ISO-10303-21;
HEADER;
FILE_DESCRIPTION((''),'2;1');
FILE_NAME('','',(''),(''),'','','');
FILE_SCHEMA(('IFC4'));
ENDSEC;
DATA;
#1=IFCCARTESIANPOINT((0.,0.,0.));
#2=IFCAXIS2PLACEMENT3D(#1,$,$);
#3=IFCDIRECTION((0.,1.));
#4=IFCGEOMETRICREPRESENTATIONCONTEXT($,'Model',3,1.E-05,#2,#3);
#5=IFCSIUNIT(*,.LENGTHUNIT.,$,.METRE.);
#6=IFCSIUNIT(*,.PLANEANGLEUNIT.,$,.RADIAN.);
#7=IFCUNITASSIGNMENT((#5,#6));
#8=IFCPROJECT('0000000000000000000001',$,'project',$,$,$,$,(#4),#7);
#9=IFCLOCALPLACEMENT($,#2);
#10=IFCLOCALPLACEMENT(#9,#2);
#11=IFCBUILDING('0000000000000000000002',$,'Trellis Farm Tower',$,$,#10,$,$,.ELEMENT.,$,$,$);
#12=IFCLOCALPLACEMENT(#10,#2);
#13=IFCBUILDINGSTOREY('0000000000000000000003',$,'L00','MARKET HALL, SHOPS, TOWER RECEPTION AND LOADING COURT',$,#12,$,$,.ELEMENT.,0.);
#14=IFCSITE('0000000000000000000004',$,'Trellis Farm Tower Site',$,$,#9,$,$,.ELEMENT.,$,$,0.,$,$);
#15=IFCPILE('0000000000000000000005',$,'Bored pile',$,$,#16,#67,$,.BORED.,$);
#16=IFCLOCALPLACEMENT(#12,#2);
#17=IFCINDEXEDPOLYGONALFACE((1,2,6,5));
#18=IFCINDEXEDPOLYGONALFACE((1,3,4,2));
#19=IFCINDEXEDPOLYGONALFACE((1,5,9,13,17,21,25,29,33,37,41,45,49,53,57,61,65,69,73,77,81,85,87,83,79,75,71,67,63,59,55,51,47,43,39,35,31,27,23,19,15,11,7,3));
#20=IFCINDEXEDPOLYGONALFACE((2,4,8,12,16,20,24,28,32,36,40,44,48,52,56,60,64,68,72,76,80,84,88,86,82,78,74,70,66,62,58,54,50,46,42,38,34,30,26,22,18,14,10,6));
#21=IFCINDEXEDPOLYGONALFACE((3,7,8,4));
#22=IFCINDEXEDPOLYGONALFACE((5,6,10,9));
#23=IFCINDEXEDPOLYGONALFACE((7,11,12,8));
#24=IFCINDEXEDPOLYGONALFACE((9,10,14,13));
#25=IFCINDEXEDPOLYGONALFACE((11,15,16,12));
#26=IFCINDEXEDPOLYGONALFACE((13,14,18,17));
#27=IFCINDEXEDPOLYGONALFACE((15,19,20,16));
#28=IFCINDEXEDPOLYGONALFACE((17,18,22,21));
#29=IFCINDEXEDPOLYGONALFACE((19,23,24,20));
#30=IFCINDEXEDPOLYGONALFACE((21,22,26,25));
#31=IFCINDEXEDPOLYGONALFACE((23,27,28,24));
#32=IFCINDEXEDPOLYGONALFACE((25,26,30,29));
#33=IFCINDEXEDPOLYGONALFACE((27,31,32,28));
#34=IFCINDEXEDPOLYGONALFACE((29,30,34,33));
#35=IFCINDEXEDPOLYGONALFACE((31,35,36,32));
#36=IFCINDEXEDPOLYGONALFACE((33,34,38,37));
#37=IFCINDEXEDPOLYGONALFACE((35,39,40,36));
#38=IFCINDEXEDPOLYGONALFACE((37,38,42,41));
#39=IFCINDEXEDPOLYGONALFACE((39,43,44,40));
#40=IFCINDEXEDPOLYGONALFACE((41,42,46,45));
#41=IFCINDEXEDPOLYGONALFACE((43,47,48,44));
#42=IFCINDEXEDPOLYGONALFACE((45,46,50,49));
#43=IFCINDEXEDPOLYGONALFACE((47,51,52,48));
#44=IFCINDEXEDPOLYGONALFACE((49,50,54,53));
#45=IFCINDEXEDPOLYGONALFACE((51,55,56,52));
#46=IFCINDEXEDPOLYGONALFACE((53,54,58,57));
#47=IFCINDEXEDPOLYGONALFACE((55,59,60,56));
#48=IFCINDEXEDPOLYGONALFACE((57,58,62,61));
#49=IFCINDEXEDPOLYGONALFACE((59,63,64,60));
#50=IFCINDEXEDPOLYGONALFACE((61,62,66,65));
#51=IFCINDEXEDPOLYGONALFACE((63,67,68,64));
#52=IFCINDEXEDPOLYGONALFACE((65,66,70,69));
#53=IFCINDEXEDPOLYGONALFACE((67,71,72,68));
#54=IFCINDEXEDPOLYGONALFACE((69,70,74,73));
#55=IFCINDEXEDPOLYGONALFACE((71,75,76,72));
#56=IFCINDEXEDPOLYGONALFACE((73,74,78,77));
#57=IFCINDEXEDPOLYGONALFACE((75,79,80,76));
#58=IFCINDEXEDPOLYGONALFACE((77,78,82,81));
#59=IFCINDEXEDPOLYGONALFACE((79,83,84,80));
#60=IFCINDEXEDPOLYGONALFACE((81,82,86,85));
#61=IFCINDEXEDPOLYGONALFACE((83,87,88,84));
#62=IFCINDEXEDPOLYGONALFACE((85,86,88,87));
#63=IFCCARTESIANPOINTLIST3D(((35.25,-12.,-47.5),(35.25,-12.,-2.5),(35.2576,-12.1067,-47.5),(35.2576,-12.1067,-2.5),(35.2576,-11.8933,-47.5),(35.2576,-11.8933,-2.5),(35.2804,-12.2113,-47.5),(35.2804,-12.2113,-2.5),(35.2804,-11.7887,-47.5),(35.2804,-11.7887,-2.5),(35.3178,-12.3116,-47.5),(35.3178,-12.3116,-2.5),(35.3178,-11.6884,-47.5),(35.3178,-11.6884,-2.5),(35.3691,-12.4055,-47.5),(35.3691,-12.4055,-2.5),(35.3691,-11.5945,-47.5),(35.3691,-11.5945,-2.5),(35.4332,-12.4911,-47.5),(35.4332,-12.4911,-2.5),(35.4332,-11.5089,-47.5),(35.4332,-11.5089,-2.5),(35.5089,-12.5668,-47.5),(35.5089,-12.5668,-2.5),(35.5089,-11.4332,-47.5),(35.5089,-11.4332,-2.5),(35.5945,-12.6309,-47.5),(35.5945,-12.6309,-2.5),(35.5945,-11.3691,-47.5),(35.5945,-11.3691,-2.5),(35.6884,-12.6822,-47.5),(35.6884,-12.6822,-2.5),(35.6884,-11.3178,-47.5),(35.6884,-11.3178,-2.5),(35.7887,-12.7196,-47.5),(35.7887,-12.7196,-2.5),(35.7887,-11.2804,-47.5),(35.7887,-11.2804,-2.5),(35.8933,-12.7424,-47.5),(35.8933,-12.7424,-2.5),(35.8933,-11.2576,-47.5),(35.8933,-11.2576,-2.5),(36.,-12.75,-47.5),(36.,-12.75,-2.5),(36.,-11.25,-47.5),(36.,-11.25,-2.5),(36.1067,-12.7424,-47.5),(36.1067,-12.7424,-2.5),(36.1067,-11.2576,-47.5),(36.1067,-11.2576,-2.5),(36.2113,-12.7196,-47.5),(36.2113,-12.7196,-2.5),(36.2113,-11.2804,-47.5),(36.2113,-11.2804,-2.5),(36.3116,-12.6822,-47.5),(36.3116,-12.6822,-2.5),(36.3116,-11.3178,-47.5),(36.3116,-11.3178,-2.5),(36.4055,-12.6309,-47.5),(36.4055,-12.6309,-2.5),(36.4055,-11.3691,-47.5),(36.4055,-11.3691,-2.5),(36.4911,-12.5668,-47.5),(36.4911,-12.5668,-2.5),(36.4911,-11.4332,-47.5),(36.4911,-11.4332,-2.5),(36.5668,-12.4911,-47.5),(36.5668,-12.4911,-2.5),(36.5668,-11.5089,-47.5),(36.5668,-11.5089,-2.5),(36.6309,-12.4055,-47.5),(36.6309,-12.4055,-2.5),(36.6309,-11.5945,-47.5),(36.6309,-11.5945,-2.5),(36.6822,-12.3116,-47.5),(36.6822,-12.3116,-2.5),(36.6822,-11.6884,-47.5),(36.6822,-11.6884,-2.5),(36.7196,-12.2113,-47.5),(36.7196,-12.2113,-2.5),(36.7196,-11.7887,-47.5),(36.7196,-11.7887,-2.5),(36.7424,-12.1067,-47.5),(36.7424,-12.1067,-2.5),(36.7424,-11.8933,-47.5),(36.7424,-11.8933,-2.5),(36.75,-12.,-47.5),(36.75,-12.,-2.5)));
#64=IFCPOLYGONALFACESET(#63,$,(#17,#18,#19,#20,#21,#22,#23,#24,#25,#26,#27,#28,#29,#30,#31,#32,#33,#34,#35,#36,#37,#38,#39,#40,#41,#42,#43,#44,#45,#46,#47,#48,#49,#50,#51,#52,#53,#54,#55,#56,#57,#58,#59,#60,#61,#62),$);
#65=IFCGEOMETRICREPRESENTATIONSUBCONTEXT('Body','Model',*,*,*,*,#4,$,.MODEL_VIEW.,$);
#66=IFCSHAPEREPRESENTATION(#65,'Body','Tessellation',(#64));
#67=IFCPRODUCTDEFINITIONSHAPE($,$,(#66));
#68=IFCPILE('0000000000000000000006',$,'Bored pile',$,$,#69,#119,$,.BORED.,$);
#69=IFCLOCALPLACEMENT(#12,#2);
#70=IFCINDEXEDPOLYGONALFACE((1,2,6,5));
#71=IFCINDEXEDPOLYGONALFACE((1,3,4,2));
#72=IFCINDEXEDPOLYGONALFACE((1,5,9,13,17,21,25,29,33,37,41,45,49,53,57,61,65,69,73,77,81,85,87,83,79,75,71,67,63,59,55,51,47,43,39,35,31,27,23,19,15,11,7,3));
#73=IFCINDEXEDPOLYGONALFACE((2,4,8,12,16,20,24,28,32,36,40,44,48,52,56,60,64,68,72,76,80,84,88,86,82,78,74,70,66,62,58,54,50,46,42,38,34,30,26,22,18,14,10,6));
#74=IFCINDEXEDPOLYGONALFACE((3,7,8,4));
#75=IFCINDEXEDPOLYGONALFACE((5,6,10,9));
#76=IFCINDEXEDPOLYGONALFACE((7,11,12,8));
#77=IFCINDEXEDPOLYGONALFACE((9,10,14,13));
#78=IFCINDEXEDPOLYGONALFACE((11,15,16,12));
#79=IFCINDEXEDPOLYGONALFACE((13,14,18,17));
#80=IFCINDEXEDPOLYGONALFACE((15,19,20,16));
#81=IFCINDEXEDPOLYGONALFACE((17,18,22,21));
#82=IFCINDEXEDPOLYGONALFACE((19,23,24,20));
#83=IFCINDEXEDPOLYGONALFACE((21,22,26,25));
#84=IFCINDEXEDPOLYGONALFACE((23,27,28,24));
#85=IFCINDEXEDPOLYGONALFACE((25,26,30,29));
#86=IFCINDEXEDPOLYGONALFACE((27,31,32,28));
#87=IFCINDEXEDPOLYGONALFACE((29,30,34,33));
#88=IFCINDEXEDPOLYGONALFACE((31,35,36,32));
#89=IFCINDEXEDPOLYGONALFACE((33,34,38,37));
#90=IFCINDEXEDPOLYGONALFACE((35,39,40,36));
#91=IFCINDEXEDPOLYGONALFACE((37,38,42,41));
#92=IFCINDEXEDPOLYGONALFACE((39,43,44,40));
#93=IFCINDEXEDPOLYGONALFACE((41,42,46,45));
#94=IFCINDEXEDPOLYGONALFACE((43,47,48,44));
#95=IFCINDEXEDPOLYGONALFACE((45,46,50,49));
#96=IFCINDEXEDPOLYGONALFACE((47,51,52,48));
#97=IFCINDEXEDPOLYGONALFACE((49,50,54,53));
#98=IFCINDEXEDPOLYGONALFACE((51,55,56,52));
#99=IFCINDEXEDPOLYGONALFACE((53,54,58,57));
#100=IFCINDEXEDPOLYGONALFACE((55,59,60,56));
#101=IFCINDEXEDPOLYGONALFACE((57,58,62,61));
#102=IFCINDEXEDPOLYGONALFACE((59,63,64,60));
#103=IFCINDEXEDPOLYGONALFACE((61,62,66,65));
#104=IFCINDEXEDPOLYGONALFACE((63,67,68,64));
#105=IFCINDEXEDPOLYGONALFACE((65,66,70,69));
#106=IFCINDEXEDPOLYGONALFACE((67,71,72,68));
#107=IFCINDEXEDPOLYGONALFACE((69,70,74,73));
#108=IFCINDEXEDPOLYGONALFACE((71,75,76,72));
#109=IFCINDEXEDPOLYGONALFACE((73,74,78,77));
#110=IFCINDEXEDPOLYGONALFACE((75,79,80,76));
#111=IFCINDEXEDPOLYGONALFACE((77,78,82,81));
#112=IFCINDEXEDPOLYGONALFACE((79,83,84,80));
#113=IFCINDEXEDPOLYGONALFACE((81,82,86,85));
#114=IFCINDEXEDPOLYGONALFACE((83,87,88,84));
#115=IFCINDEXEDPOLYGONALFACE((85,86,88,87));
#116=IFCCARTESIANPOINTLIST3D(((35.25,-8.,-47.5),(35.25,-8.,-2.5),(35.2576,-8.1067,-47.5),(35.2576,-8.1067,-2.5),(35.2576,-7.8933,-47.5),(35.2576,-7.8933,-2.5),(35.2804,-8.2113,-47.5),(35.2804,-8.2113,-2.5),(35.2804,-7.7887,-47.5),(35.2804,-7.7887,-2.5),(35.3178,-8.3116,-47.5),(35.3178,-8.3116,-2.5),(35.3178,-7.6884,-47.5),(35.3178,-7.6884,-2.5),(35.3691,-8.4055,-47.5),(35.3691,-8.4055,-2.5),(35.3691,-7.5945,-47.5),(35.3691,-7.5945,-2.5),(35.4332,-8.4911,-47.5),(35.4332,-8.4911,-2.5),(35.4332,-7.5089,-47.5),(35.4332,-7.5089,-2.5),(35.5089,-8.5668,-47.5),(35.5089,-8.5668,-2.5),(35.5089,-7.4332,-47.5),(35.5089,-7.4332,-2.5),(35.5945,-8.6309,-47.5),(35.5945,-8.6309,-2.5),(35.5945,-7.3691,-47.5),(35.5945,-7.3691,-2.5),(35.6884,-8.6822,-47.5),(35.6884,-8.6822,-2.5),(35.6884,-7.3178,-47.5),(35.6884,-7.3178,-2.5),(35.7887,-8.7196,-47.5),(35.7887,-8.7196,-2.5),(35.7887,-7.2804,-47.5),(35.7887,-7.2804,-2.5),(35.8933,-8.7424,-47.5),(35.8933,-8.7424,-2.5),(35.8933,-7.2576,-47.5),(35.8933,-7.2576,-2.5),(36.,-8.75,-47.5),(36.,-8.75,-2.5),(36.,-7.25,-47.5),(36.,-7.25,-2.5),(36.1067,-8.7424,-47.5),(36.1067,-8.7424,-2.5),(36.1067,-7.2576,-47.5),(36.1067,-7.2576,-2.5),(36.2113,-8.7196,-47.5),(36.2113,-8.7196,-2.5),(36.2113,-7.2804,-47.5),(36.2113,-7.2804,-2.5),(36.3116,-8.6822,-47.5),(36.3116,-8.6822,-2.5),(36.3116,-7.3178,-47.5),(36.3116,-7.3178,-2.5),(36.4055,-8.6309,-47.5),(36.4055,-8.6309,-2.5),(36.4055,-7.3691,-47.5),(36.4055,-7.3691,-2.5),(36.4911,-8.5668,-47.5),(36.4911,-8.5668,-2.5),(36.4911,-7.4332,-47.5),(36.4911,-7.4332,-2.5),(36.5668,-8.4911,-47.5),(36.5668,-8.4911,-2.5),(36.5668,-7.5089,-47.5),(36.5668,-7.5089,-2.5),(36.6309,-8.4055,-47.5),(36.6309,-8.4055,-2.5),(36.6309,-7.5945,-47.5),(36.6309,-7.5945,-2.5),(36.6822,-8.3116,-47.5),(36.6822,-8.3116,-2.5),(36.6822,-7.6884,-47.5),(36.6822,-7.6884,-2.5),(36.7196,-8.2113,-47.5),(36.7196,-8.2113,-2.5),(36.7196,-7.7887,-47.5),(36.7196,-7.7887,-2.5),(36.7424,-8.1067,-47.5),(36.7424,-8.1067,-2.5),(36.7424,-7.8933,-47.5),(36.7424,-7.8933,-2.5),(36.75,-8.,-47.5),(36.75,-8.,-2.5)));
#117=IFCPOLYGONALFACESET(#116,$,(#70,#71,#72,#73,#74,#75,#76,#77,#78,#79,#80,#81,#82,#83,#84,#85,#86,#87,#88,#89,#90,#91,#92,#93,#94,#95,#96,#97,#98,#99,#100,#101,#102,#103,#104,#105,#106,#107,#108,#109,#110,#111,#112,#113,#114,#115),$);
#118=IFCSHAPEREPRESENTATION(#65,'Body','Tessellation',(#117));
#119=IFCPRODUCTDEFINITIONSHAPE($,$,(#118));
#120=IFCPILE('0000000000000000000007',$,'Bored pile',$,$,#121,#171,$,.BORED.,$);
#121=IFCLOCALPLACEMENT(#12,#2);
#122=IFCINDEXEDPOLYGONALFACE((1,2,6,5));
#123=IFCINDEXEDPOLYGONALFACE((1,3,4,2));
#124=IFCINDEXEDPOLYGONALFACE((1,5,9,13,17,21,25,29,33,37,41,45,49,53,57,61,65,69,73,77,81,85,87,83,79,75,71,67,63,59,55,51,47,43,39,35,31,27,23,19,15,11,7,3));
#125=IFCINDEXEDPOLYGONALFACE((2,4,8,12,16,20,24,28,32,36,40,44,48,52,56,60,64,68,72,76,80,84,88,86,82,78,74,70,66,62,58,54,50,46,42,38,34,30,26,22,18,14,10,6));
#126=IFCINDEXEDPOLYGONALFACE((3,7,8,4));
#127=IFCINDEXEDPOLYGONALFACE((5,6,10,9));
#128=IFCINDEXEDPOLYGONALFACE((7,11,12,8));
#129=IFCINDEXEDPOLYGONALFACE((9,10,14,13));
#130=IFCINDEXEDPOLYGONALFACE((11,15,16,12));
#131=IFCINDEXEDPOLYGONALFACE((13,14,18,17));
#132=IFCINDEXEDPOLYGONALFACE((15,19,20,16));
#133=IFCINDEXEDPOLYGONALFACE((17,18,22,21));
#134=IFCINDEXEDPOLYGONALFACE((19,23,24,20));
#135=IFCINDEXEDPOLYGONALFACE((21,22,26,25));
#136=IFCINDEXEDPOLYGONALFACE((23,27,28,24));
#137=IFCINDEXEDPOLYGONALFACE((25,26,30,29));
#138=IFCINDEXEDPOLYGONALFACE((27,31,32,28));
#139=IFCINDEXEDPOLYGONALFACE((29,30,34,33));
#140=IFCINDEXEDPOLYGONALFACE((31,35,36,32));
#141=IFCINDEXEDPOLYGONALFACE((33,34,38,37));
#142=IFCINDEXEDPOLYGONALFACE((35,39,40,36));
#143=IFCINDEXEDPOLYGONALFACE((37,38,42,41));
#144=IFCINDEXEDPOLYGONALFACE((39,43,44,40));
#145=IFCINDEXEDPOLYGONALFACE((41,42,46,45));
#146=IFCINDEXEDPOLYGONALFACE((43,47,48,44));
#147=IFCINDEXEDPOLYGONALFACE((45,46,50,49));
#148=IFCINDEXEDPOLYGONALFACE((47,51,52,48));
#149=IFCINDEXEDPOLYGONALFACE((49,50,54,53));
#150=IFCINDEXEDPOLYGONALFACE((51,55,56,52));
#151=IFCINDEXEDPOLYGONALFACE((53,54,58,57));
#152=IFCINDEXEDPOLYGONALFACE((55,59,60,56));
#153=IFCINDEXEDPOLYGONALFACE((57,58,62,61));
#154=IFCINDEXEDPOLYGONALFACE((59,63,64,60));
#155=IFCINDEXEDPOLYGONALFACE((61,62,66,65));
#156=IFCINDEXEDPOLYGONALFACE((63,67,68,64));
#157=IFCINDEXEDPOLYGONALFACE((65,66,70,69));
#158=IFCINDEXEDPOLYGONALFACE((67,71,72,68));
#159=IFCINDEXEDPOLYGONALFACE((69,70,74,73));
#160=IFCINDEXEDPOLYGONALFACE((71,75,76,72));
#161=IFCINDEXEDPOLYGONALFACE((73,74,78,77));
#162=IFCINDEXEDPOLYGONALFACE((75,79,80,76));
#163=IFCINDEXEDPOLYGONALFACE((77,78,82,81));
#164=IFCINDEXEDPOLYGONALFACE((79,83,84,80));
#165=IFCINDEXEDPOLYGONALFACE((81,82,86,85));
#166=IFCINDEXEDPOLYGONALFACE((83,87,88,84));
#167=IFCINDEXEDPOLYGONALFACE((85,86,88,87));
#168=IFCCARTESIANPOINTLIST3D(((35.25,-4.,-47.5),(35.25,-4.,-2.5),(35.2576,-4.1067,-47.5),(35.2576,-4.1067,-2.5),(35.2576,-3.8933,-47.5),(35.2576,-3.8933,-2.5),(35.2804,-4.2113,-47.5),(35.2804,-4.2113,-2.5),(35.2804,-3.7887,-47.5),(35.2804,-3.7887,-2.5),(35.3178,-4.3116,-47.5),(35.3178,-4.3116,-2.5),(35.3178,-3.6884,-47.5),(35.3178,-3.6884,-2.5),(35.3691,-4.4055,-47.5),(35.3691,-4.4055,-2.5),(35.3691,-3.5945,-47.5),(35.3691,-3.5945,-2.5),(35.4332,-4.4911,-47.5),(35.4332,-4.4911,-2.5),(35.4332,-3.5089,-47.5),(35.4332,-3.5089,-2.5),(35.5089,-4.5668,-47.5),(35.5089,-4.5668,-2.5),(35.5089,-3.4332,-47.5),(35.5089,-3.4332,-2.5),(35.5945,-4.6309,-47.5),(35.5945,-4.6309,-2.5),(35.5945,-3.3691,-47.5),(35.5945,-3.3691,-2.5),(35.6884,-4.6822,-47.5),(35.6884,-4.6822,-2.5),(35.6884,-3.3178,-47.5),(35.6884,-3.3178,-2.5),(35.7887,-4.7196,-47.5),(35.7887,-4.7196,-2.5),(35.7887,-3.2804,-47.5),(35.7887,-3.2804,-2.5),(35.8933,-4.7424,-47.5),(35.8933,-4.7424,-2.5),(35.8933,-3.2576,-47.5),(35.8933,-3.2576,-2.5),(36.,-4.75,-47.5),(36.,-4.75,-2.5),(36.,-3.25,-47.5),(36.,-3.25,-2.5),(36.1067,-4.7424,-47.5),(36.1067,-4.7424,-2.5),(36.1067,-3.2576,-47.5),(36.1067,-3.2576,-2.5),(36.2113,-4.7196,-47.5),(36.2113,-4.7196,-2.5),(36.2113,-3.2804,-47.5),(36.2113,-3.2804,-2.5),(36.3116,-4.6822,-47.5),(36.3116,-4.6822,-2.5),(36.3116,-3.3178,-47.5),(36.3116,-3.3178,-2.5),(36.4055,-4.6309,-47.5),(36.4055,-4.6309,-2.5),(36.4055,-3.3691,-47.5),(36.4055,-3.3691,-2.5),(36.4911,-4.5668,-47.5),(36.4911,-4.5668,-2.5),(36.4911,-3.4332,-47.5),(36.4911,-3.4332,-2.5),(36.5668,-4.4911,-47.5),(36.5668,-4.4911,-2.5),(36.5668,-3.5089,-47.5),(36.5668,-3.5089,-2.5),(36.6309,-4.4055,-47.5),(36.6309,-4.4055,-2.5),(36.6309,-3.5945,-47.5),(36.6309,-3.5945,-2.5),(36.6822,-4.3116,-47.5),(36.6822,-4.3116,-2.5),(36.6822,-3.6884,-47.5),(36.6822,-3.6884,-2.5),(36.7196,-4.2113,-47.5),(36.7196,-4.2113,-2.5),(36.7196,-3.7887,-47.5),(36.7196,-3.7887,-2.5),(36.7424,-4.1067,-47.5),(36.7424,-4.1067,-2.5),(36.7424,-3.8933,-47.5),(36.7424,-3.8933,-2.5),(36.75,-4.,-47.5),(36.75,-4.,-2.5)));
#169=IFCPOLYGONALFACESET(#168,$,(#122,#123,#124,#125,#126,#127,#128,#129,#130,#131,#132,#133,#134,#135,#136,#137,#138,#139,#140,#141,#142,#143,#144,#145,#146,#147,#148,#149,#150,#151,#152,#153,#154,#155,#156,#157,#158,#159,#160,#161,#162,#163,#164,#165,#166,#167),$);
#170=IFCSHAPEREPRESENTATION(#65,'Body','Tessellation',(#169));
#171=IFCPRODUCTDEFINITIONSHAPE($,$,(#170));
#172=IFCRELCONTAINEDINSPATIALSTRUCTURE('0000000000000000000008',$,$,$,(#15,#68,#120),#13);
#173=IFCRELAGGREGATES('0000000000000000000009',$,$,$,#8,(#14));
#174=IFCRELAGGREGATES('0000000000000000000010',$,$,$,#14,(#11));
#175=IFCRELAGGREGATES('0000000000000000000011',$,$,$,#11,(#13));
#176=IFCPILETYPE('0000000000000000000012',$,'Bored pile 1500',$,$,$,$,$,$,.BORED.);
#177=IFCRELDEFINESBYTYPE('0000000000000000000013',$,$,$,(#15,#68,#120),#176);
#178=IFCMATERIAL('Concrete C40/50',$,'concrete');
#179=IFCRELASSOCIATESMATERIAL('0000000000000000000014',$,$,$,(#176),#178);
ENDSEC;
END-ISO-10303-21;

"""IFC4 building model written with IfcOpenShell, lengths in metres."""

from ifc_helpers import new_model, si_unit, direction, frame, origin, origin_2d, place, context, subcontext, project, spatial, circle, extrude, source, transform, mapped, material, material_profile, profile_set, type_object, element, save


model = new_model("IFC4")

# Units and contexts
model_context = context("Model", 3, precision=1e-05, world=origin(), true_north=direction((0.0, 1.0)))
body_context = subcontext(model_context, "Body", "Model", "MODEL_VIEW")
ifc_project = project(units=[si_unit("LENGTHUNIT", "METRE"), si_unit("PLANEANGLEUNIT", "RADIAN")], contexts=[model_context])

# Site, building, storey
site_placement = place(None, origin())
site = spatial("IfcSite", under=ifc_project, at=site_placement, Name="Trellis Farm Tower Site", CompositionType="ELEMENT", RefElevation=0.0)
building_placement = place(site_placement, origin())
building = spatial("IfcBuilding", under=site, at=building_placement, Name="Trellis Farm Tower", CompositionType="ELEMENT")
storey_placement = place(building_placement, origin())
storey = spatial("IfcBuildingStorey", under=building, at=storey_placement, Name="L00", Description="MARKET HALL, SHOPS, TOWER RECEPTION AND LOADING COURT", CompositionType="ELEMENT", Elevation=0.0)

# Piles
ifc_material_1 = material(Name="Concrete C40/50", Category="concrete")
ifc_material_profile_1 = material_profile(ifc_material_1, circle(Radius=0.75, at=origin_2d()), Name="Bored pile 1500")
ifc_profile_set_1 = profile_set([ifc_material_profile_1], Name="Concrete C40/50")
pile_type = type_object("IfcPileType", Name="Bored pile 1500", PredefinedType="BORED", material=ifc_profile_set_1)
shared_shape_1 = source(origin(), body_context, "Body", "SweptSolid", [
    extrude(circle(Radius=0.75, at=origin_2d()), origin(), (0.0, 0.0, 1.0), 45.0),
])
for number, where, z_axis, x_axis, name in (
    (1, (36.0, -12.0, -2.5), (0.0, 0.0, -1.0), (1.0, 0.0, 0.0), "Bored pile"),
    (2, (36.0, -8.0, -2.5), (0.0, 0.0, -1.0), (1.0, 0.0, 0.0), "Bored pile"),
    (3, (36.0, -4.0, -2.5), (0.0, 0.0, -1.0), (1.0, 0.0, 0.0), "Bored pile"),
):
    element("IfcPile", number, at=place(storey_placement, frame(where, z_axis=z_axis, x_axis=x_axis)), inside=storey, type_object=pile_type, Name=name, PredefinedType="BORED", context=body_context, shape_type="MappedRepresentation", body=[
        mapped(shared_shape_1, transform((0.0, 0.0, 0.0))),
    ])

save(model, "model.ifc")
